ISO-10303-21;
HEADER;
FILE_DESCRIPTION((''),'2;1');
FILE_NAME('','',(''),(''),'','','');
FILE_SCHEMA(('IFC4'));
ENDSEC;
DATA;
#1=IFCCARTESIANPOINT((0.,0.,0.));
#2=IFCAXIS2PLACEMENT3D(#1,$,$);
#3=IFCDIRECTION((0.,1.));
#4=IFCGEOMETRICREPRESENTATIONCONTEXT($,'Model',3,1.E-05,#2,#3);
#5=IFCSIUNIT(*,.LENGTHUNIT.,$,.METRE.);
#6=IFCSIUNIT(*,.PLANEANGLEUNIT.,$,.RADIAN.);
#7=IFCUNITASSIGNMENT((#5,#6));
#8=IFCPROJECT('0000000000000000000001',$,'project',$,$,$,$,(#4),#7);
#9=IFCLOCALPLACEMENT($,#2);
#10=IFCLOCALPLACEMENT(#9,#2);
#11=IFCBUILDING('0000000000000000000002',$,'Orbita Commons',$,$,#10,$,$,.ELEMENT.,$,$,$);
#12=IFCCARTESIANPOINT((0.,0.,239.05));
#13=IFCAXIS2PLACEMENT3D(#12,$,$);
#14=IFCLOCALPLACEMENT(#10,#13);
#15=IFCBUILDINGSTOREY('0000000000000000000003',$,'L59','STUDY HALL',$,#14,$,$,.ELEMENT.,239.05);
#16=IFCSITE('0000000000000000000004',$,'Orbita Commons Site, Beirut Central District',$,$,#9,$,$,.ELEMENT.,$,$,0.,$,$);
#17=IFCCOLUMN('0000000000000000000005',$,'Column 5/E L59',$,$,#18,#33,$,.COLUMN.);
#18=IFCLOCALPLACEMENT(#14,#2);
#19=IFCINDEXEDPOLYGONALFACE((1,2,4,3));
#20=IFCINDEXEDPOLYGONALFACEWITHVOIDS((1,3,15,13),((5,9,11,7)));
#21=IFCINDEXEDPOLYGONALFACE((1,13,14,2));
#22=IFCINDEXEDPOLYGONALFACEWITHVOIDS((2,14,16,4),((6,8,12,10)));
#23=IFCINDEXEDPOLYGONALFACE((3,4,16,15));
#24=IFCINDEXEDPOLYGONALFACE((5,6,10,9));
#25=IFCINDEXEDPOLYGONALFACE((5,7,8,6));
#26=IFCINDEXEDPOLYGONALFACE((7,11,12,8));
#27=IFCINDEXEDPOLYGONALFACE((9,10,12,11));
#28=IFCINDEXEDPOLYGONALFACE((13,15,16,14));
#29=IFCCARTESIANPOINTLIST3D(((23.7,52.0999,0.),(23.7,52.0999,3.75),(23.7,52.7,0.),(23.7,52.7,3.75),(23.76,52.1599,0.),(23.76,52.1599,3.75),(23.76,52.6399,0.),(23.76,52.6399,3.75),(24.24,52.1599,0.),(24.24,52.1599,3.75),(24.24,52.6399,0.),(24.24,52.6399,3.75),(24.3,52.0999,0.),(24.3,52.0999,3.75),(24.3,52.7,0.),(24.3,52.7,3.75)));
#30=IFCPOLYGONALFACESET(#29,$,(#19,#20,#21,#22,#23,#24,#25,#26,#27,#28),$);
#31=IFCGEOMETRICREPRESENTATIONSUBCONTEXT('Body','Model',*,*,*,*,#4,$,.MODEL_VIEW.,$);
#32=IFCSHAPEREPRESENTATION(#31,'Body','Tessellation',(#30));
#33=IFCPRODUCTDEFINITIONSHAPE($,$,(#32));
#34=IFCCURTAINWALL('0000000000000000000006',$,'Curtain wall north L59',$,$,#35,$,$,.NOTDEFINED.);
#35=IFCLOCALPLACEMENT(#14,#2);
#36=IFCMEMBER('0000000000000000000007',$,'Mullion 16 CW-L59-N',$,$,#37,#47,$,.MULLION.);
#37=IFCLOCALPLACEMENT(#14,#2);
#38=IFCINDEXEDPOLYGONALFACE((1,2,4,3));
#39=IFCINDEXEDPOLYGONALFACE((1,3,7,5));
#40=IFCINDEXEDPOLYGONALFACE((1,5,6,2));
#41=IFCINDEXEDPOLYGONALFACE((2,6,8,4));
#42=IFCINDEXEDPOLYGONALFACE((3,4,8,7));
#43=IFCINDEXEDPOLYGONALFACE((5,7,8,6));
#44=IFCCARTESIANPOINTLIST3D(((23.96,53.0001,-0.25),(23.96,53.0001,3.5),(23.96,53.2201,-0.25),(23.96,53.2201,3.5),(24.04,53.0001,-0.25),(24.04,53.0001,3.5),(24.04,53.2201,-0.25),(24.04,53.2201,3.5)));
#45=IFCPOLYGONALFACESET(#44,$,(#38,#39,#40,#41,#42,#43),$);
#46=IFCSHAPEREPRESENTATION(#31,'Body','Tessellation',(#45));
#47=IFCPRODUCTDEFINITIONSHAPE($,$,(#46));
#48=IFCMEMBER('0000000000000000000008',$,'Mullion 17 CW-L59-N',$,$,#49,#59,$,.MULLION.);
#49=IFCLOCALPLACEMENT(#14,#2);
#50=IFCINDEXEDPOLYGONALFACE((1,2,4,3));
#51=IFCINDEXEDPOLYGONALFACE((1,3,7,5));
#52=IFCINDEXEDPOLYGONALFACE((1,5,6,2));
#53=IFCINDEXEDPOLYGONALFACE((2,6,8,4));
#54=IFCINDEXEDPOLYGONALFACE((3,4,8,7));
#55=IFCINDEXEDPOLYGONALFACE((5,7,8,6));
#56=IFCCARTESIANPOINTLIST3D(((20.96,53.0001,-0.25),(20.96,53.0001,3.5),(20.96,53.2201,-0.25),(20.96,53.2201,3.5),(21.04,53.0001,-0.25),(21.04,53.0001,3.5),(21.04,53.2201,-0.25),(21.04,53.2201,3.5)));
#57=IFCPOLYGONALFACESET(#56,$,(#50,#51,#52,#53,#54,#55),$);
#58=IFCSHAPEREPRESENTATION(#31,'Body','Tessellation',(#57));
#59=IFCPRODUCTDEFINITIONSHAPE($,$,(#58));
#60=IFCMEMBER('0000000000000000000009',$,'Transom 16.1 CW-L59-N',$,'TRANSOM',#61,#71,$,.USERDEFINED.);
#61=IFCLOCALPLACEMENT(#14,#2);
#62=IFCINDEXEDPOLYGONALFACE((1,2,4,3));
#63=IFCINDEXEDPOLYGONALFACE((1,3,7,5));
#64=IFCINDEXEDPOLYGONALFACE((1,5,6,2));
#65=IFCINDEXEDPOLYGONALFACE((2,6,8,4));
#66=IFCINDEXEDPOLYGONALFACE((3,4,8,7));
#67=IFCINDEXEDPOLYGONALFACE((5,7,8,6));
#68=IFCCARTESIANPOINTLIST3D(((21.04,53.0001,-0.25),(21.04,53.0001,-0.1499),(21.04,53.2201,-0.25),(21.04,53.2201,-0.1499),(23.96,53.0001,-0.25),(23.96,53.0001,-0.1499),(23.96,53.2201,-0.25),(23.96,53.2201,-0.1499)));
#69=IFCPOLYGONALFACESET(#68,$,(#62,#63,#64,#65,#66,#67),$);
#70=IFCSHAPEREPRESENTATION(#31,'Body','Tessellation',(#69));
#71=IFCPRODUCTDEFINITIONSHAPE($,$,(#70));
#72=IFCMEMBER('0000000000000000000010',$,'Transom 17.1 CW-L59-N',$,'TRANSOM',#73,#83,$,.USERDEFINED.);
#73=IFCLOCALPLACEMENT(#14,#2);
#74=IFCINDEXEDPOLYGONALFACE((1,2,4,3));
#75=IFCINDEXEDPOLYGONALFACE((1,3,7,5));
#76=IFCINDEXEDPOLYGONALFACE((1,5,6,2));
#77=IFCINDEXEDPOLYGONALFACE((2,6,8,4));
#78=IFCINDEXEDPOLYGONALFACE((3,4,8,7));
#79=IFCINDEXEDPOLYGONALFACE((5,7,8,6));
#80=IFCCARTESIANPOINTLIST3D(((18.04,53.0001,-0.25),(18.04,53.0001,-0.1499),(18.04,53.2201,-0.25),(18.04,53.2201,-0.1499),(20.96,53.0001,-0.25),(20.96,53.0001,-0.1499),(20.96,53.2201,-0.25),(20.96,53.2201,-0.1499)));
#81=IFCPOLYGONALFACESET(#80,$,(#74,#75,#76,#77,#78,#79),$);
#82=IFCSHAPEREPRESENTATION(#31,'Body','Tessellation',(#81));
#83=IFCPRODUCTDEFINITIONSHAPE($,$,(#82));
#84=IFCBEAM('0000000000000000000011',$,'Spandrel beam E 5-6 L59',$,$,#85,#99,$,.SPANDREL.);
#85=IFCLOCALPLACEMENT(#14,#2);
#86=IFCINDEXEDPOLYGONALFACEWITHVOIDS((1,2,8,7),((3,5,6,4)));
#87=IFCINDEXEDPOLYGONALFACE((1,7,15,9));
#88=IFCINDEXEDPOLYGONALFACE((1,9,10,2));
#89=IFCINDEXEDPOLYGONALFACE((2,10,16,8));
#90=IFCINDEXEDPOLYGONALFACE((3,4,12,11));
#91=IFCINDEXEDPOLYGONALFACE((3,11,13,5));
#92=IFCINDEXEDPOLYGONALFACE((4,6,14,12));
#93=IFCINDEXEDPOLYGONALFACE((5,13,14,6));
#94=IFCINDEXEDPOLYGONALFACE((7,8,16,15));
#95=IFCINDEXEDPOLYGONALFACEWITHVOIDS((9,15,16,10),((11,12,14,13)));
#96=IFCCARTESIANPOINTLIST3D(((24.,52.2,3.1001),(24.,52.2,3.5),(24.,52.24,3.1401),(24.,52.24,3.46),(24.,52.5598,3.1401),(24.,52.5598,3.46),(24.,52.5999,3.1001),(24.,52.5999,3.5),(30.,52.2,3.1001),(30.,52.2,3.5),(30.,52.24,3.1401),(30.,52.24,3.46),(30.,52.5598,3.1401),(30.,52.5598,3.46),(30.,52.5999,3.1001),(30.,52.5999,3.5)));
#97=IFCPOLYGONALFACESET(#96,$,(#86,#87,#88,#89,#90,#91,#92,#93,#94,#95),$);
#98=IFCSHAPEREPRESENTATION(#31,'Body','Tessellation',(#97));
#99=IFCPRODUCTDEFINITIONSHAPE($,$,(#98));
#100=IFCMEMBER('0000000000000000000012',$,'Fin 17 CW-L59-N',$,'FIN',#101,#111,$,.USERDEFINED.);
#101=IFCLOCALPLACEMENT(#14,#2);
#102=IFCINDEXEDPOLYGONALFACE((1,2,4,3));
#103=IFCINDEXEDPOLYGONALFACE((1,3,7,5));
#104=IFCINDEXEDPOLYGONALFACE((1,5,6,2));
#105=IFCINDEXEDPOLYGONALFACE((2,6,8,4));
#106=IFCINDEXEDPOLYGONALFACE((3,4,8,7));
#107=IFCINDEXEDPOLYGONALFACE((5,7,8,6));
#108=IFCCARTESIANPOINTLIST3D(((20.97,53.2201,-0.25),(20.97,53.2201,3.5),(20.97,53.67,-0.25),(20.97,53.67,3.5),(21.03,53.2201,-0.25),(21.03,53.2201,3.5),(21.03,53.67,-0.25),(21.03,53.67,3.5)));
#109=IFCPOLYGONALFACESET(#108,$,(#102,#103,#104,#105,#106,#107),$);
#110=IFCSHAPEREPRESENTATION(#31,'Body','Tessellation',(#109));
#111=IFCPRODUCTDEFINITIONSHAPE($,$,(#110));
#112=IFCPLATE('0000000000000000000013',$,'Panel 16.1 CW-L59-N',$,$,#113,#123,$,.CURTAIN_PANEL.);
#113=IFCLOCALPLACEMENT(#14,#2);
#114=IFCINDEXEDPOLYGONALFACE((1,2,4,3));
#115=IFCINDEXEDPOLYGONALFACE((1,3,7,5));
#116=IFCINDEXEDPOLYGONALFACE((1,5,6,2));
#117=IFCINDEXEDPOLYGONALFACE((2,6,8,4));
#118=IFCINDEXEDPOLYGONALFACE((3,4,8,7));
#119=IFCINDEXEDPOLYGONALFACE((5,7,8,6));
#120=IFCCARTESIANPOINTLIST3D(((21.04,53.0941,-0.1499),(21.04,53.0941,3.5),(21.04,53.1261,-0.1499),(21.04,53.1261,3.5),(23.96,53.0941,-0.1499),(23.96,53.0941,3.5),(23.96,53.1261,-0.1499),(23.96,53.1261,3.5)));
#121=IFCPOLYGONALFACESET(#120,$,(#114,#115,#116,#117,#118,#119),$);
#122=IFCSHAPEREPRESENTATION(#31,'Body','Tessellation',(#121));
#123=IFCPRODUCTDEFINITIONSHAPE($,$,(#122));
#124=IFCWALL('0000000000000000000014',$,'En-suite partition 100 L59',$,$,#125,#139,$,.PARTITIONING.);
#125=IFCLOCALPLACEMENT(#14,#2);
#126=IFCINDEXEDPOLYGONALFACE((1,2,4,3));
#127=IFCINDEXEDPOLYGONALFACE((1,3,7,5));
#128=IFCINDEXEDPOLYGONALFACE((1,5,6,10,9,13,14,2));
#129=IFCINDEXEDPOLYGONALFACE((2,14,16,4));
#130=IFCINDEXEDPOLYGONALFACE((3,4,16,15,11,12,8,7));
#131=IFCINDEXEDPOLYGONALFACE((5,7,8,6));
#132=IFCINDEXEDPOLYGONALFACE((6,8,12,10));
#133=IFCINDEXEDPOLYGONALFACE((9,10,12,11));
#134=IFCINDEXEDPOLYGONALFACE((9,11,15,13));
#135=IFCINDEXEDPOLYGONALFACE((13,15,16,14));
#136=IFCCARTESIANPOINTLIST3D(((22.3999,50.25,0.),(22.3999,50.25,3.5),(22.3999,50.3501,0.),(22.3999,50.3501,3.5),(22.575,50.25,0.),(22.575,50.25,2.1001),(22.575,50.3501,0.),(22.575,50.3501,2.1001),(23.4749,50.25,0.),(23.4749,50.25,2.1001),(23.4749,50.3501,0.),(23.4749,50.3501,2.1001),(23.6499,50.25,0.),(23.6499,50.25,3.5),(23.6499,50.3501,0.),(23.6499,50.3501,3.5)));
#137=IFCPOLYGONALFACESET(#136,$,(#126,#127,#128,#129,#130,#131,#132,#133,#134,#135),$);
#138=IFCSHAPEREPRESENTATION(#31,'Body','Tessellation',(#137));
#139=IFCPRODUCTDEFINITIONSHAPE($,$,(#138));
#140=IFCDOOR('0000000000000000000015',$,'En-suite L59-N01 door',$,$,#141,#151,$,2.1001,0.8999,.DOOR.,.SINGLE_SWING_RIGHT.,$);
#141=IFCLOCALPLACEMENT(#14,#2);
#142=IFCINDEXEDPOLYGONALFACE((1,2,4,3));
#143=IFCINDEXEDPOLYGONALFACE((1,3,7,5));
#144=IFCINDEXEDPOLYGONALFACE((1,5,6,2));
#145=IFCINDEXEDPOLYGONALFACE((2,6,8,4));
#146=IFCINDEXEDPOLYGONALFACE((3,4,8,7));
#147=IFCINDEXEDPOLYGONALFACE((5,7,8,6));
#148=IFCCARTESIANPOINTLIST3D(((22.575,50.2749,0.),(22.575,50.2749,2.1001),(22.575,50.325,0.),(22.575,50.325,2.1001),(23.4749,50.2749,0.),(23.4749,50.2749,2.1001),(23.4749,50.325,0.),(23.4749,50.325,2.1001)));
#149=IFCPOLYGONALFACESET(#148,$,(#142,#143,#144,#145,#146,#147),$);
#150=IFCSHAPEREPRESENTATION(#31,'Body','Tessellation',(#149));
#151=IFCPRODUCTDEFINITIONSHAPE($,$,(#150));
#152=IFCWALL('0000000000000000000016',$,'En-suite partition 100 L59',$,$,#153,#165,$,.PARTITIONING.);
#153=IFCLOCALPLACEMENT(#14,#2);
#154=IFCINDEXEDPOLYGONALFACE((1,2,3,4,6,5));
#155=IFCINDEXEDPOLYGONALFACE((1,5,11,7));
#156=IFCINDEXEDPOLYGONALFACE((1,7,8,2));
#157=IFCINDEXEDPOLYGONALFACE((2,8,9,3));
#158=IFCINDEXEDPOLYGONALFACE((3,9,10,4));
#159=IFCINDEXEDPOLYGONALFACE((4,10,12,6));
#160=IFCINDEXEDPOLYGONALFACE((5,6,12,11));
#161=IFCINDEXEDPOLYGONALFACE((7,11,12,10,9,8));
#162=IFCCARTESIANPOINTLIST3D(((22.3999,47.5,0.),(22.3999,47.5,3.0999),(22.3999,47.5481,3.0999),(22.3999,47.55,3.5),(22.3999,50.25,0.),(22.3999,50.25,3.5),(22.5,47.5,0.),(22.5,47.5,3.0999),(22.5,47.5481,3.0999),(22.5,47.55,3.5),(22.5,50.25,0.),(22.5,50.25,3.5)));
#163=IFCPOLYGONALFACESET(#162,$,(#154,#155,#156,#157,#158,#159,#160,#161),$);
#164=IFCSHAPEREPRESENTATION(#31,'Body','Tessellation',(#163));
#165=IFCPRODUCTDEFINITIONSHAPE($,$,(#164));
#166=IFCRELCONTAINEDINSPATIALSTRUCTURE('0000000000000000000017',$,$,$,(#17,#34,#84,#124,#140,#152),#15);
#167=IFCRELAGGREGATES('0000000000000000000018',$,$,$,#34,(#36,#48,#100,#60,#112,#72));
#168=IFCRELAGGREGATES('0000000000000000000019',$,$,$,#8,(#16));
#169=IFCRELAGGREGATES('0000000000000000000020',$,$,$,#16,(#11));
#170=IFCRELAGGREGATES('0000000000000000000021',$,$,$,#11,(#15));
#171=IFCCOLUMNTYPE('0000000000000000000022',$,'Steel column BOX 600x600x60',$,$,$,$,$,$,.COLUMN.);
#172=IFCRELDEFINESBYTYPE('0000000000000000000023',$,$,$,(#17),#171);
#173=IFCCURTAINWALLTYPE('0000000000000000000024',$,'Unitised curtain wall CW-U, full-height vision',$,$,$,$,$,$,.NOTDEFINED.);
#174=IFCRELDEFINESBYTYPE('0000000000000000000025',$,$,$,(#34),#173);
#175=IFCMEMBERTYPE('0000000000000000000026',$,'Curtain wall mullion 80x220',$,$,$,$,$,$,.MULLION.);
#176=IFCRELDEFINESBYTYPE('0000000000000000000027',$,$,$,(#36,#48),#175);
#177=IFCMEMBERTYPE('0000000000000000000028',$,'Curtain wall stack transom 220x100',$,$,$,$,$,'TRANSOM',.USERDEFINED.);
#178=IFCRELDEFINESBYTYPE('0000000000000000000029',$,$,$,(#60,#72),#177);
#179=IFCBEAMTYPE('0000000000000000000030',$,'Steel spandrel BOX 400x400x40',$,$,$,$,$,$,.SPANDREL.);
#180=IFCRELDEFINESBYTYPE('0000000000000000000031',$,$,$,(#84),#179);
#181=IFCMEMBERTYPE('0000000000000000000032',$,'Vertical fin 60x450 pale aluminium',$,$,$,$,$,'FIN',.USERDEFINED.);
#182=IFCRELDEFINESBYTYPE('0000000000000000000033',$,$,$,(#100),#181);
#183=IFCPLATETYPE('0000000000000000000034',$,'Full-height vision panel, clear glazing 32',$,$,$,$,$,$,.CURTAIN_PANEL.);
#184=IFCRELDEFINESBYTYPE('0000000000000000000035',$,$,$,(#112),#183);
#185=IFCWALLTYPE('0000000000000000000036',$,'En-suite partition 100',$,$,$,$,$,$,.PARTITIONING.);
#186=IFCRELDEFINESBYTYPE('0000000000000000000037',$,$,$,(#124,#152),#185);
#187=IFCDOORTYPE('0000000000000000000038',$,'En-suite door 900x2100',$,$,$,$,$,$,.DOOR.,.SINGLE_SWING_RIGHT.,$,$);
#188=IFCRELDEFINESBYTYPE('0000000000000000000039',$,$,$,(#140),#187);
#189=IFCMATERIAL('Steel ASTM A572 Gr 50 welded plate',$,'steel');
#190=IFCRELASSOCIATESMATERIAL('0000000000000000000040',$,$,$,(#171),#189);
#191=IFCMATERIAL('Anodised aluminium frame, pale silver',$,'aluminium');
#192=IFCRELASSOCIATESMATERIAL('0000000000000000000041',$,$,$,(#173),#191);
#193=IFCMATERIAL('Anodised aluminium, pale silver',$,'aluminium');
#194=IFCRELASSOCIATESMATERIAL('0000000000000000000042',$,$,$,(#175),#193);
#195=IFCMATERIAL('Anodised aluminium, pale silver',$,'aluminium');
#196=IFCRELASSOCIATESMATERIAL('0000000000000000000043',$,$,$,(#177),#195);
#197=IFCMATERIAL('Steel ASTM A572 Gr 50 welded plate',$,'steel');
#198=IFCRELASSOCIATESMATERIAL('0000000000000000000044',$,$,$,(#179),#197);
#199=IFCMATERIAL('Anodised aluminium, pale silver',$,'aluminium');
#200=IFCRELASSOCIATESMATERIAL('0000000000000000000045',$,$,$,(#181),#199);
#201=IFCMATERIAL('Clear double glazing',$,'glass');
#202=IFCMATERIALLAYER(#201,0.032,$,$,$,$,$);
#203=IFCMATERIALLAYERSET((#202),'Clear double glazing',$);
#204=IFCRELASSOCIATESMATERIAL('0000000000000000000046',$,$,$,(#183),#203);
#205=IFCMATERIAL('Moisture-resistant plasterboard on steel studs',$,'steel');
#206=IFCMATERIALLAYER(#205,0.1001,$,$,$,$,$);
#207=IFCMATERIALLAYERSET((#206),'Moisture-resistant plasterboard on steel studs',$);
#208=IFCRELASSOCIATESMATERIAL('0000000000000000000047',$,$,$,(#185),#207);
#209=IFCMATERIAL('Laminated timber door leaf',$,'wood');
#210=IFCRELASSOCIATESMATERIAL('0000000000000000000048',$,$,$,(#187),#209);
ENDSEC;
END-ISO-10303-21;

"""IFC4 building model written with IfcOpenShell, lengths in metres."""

from ifc_helpers import new_model, si_unit, direction, frame, frame_2d, origin, origin_2d, place, context, subcontext, project, spatial, polyline, rectangle, hollow_rectangle, outline, extrude, material, layer, layer_set, material_profile, profile_set, type_object, element, fill, aggregate, save


model = new_model("IFC4")

# Units and contexts
model_context = context("Model", 3, precision=1e-05, world=origin(), true_north=direction((0.0, 1.0)))
body_context = subcontext(model_context, "Body", "Model", "MODEL_VIEW")
ifc_project = project(units=[si_unit("LENGTHUNIT", "METRE"), si_unit("PLANEANGLEUNIT", "RADIAN")], contexts=[model_context])

# Site, building, storey
site_placement = place(None, origin())
site = spatial("IfcSite", under=ifc_project, at=site_placement, Name="Orbita Commons Site, Beirut Central District", CompositionType="ELEMENT", RefElevation=0.0)
building_placement = place(site_placement, origin())
building = spatial("IfcBuilding", under=site, at=building_placement, Name="Orbita Commons", CompositionType="ELEMENT")
storey_placement = place(building_placement, frame((0.0, 0.0, 239.05)))
storey = spatial("IfcBuildingStorey", under=building, at=storey_placement, Name="L59", Description="STUDY HALL", CompositionType="ELEMENT", Elevation=239.05)

# Column
ifc_material_1 = material(Name="Steel ASTM A572 Gr 50 welded plate", Category="steel")
ifc_material_profile_1 = material_profile(ifc_material_1, hollow_rectangle(XDim=0.6001, YDim=0.6001, WallThickness=0.0601, at=origin_2d()), Name="BOX 600x600x60")
ifc_profile_set_1 = profile_set([ifc_material_profile_1], Name="Steel ASTM A572 Gr 50 welded plate")
column_type = type_object("IfcColumnType", Name="Steel column BOX 600x600x60", PredefinedType="COLUMN", material=ifc_profile_set_1)
column_placement = place(storey_placement, frame((24.0, 52.3999, 0.0), z_axis=(0.0, 0.0, 1.0), x_axis=(1.0, 0.0, 0.0)))
element("IfcColumn", 1, at=column_placement, inside=storey, type_object=column_type, Name="Column 5/E L59", PredefinedType="COLUMN", context=body_context, shape_type="SweptSolid", body=[
    extrude(hollow_rectangle(XDim=0.6001, YDim=0.6001, WallThickness=0.0601, at=origin_2d()), origin(), (0.0, 0.0, 1.0), 3.75),
])

# Curtain wall, members
ifc_material_2 = material(Name="Anodised aluminium frame, pale silver", Category="aluminium")
curtain_wall_type = type_object("IfcCurtainWallType", Name="Unitised curtain wall CW-U, full-height vision", PredefinedType="NOTDEFINED", material=ifc_material_2)
curtain_wall_placement = place(storey_placement, origin())
curtain_wall = element("IfcCurtainWall", 2, at=curtain_wall_placement, inside=storey, type_object=curtain_wall_type, Name="Curtain wall north L59", PredefinedType="NOTDEFINED")
ifc_material_3 = material(Name="Anodised aluminium, pale silver", Category="aluminium")
ifc_material_profile_2 = material_profile(ifc_material_3, rectangle(XDim=0.0801, YDim=0.22, at=origin_2d()), Name="AL 80x220")
ifc_profile_set_2 = profile_set([ifc_material_profile_2], Name="Anodised aluminium, pale silver")
member_type_1 = type_object("IfcMemberType", Name="Curtain wall mullion 80x220", PredefinedType="MULLION", material=ifc_profile_set_2)
member_1_placement = place(storey_placement, frame((24.0, 53.1101, -0.25), z_axis=(0.0, 0.0, 1.0), x_axis=(-1.0, 0.0, 0.0)))
member_1 = element("IfcMember", 3, at=member_1_placement, type_object=member_type_1, Name="Mullion 16 CW-L59-N", PredefinedType="MULLION", context=body_context, shape_type="SweptSolid", body=[
    extrude(rectangle(XDim=0.0801, YDim=0.22, at=origin_2d()), origin(), (0.0, 0.0, 1.0), 3.75),
])
member_2_placement = place(storey_placement, frame((21.0, 53.1101, -0.25), z_axis=(0.0, 0.0, 1.0), x_axis=(-1.0, 0.0, 0.0)))
member_2 = element("IfcMember", 4, at=member_2_placement, type_object=member_type_1, Name="Mullion 17 CW-L59-N", PredefinedType="MULLION", context=body_context, shape_type="SweptSolid", body=[
    extrude(rectangle(XDim=0.0801, YDim=0.22, at=origin_2d()), origin(), (0.0, 0.0, 1.0), 3.75),
])
ifc_material_4 = material(Name="Anodised aluminium, pale silver", Category="aluminium")
ifc_material_profile_3 = material_profile(ifc_material_4, rectangle(XDim=0.22, YDim=0.1001, at=origin_2d()), Name="AL 220x100")
ifc_profile_set_3 = profile_set([ifc_material_profile_3], Name="Anodised aluminium, pale silver")
member_type_2 = type_object("IfcMemberType", Name="Curtain wall stack transom 220x100", ElementType="TRANSOM", PredefinedType="USERDEFINED", material=ifc_profile_set_3)
member_3_placement = place(storey_placement, frame((23.96, 53.1101, -0.2), z_axis=(-1.0, 0.0, 0.0), x_axis=(0.0, -1.0, 0.0)))
member_3 = element("IfcMember", 5, at=member_3_placement, type_object=member_type_2, Name="Transom 16.1 CW-L59-N", ObjectType="TRANSOM", PredefinedType="USERDEFINED", context=body_context, shape_type="SweptSolid", body=[
    extrude(rectangle(XDim=0.22, YDim=0.1001, at=origin_2d()), origin(), (0.0, 0.0, 1.0), 2.9199),
])
member_4_placement = place(storey_placement, frame((20.96, 53.1101, -0.2), z_axis=(-1.0, 0.0, 0.0), x_axis=(0.0, -1.0, 0.0)))
member_4 = element("IfcMember", 6, at=member_4_placement, type_object=member_type_2, Name="Transom 17.1 CW-L59-N", ObjectType="TRANSOM", PredefinedType="USERDEFINED", context=body_context, shape_type="SweptSolid", body=[
    extrude(rectangle(XDim=0.22, YDim=0.1001, at=origin_2d()), origin(), (0.0, 0.0, 1.0), 2.9199),
])

# Beam
ifc_material_5 = material(Name="Steel ASTM A572 Gr 50 welded plate", Category="steel")
ifc_material_profile_4 = material_profile(ifc_material_5, hollow_rectangle(XDim=0.3999, YDim=0.3999, WallThickness=0.04, at=origin_2d()), Name="BOX 400x400x40")
ifc_profile_set_4 = profile_set([ifc_material_profile_4], Name="Steel ASTM A572 Gr 50 welded plate")
beam_type = type_object("IfcBeamType", Name="Steel spandrel BOX 400x400x40", PredefinedType="SPANDREL", material=ifc_profile_set_4)
beam_placement = place(storey_placement, frame((24.0, 52.3999, 3.3), z_axis=(1.0, 0.0, 0.0), x_axis=(0.0, 1.0, 0.0)))
element("IfcBeam", 7, at=beam_placement, inside=storey, type_object=beam_type, Name="Spandrel beam E 5-6 L59", PredefinedType="SPANDREL", context=body_context, shape_type="SweptSolid", body=[
    extrude(hollow_rectangle(XDim=0.3999, YDim=0.3999, WallThickness=0.04, at=origin_2d()), origin(), (0.0, 0.0, 1.0), 6.0),
])

# Member
ifc_material_6 = material(Name="Anodised aluminium, pale silver", Category="aluminium")
ifc_material_profile_5 = material_profile(ifc_material_6, rectangle(XDim=0.0601, YDim=0.45, at=origin_2d()), Name="FIN 60x450")
ifc_profile_set_5 = profile_set([ifc_material_profile_5], Name="Anodised aluminium, pale silver")
member_type_3 = type_object("IfcMemberType", Name="Vertical fin 60x450 pale aluminium", ElementType="FIN", PredefinedType="USERDEFINED", material=ifc_profile_set_5)
member_5_placement = place(storey_placement, frame((21.0, 53.4451, -0.25), z_axis=(0.0, 0.0, 1.0), x_axis=(-1.0, 0.0, 0.0)))
member_5 = element("IfcMember", 8, at=member_5_placement, type_object=member_type_3, Name="Fin 17 CW-L59-N", ObjectType="FIN", PredefinedType="USERDEFINED", context=body_context, shape_type="SweptSolid", body=[
    extrude(rectangle(XDim=0.0601, YDim=0.45, at=origin_2d()), origin(), (0.0, 0.0, 1.0), 3.75),
])

# Plate
ifc_material_7 = material(Name="Clear double glazing", Category="glass")
ifc_layer_1 = layer(ifc_material_7, 0.032)
ifc_layer_set_1 = layer_set([ifc_layer_1], Name="Clear double glazing")
plate_type = type_object("IfcPlateType", Name="Full-height vision panel, clear glazing 32", PredefinedType="CURTAIN_PANEL", material=ifc_layer_set_1)
plate_placement = place(storey_placement, frame((22.5, 53.1101, -0.1499), z_axis=(0.0, 0.0, 1.0), x_axis=(-1.0, 0.0, 0.0)))
plate = element("IfcPlate", 9, at=plate_placement, type_object=plate_type, Name="Panel 16.1 CW-L59-N", PredefinedType="CURTAIN_PANEL", context=body_context, shape_type="SweptSolid", body=[
    extrude(rectangle(XDim=2.9199, YDim=0.032, at=origin_2d()), origin(), (0.0, 0.0, 1.0), 3.6499),
])
aggregate(curtain_wall, [member_1, member_2, member_5, member_3, plate, member_4])

# Wall, opening, door
ifc_material_8 = material(Name="Moisture-resistant plasterboard on steel studs", Category="steel")
ifc_layer_2 = layer(ifc_material_8, 0.1001)
ifc_layer_set_2 = layer_set([ifc_layer_2], Name="Moisture-resistant plasterboard on steel studs")
wall_type_1 = type_object("IfcWallType", Name="En-suite partition 100", PredefinedType="PARTITIONING", material=ifc_layer_set_2)
wall_1_placement = place(storey_placement, frame((22.3999, 50.3, 0.0), z_axis=(0.0, 0.0, 1.0), x_axis=(1.0, 0.0, 0.0)))
wall_1 = element("IfcWall", 10, at=wall_1_placement, inside=storey, type_object=wall_type_1, Name="En-suite partition 100 L59", PredefinedType="PARTITIONING", context=body_context, shape_type="SweptSolid", body=[
    extrude(rectangle(XDim=1.25, YDim=0.1001, at=frame_2d((0.625, 0.0))), origin(), (0.0, 0.0, 1.0), 3.5),
])
opening_1_placement = place(wall_1_placement, frame((0.175, 0.0, 0.0)))
opening_1 = element("IfcOpeningElement", 11, at=opening_1_placement, cuts=wall_1, PredefinedType="OPENING", context=body_context, shape_type="SweptSolid", body=[
    extrude(rectangle(XDim=0.8999, YDim=2.1001, at=frame_2d((0.45, 1.05))), frame((0.0, 0.0601, 0.0), z_axis=(0.0, -1.0, 0.0), x_axis=(1.0, 0.0, 0.0)), (0.0, 0.0, 1.0), 0.1201),
])
ifc_material_9 = material(Name="Laminated timber door leaf", Category="wood")
door_type_1 = type_object("IfcDoorType", Name="En-suite door 900x2100", OperationType="SINGLE_SWING_RIGHT", PredefinedType="DOOR", material=ifc_material_9)
door_1_placement = place(opening_1_placement, origin())
door_1 = element("IfcDoor", 12, at=door_1_placement, inside=storey, type_object=door_type_1, Name="En-suite L59-N01 door", OperationType="SINGLE_SWING_RIGHT", OverallHeight=2.1001, OverallWidth=0.8999, PredefinedType="DOOR", context=body_context, shape_type="SweptSolid", body=[
    extrude(rectangle(XDim=0.8999, YDim=2.1001, at=frame_2d((0.45, 1.05))), frame((0.0, 0.0249, 0.0), z_axis=(0.0, -1.0, 0.0), x_axis=(1.0, 0.0, 0.0)), (0.0, 0.0, 1.0), 0.05),
])
fill(opening_1, door_1)

# Wall
wall_2_placement = place(storey_placement, frame((22.45, 50.25, 0.0), z_axis=(0.0, 0.0, 1.0), x_axis=(0.0, -1.0, 0.0)))
element("IfcWall", 13, at=wall_2_placement, inside=storey, type_object=wall_type_1, Name="En-suite partition 100 L59", PredefinedType="PARTITIONING", context=body_context, shape_type="SweptSolid", body=[
    extrude(outline(polyline([(0.0, 0.0), (2.75, 0.0), (2.75, 3.0999), (2.7019, 3.0999), (2.7, 3.5), (0.0, 3.5), (0.0, 0.0)])), frame((0.0, 0.05, 0.0), z_axis=(0.0, -1.0, 0.0), x_axis=(1.0, 0.0, 0.0)), (0.0, 0.0, 1.0), 0.1001),
])

save(model, "model.ifc")
